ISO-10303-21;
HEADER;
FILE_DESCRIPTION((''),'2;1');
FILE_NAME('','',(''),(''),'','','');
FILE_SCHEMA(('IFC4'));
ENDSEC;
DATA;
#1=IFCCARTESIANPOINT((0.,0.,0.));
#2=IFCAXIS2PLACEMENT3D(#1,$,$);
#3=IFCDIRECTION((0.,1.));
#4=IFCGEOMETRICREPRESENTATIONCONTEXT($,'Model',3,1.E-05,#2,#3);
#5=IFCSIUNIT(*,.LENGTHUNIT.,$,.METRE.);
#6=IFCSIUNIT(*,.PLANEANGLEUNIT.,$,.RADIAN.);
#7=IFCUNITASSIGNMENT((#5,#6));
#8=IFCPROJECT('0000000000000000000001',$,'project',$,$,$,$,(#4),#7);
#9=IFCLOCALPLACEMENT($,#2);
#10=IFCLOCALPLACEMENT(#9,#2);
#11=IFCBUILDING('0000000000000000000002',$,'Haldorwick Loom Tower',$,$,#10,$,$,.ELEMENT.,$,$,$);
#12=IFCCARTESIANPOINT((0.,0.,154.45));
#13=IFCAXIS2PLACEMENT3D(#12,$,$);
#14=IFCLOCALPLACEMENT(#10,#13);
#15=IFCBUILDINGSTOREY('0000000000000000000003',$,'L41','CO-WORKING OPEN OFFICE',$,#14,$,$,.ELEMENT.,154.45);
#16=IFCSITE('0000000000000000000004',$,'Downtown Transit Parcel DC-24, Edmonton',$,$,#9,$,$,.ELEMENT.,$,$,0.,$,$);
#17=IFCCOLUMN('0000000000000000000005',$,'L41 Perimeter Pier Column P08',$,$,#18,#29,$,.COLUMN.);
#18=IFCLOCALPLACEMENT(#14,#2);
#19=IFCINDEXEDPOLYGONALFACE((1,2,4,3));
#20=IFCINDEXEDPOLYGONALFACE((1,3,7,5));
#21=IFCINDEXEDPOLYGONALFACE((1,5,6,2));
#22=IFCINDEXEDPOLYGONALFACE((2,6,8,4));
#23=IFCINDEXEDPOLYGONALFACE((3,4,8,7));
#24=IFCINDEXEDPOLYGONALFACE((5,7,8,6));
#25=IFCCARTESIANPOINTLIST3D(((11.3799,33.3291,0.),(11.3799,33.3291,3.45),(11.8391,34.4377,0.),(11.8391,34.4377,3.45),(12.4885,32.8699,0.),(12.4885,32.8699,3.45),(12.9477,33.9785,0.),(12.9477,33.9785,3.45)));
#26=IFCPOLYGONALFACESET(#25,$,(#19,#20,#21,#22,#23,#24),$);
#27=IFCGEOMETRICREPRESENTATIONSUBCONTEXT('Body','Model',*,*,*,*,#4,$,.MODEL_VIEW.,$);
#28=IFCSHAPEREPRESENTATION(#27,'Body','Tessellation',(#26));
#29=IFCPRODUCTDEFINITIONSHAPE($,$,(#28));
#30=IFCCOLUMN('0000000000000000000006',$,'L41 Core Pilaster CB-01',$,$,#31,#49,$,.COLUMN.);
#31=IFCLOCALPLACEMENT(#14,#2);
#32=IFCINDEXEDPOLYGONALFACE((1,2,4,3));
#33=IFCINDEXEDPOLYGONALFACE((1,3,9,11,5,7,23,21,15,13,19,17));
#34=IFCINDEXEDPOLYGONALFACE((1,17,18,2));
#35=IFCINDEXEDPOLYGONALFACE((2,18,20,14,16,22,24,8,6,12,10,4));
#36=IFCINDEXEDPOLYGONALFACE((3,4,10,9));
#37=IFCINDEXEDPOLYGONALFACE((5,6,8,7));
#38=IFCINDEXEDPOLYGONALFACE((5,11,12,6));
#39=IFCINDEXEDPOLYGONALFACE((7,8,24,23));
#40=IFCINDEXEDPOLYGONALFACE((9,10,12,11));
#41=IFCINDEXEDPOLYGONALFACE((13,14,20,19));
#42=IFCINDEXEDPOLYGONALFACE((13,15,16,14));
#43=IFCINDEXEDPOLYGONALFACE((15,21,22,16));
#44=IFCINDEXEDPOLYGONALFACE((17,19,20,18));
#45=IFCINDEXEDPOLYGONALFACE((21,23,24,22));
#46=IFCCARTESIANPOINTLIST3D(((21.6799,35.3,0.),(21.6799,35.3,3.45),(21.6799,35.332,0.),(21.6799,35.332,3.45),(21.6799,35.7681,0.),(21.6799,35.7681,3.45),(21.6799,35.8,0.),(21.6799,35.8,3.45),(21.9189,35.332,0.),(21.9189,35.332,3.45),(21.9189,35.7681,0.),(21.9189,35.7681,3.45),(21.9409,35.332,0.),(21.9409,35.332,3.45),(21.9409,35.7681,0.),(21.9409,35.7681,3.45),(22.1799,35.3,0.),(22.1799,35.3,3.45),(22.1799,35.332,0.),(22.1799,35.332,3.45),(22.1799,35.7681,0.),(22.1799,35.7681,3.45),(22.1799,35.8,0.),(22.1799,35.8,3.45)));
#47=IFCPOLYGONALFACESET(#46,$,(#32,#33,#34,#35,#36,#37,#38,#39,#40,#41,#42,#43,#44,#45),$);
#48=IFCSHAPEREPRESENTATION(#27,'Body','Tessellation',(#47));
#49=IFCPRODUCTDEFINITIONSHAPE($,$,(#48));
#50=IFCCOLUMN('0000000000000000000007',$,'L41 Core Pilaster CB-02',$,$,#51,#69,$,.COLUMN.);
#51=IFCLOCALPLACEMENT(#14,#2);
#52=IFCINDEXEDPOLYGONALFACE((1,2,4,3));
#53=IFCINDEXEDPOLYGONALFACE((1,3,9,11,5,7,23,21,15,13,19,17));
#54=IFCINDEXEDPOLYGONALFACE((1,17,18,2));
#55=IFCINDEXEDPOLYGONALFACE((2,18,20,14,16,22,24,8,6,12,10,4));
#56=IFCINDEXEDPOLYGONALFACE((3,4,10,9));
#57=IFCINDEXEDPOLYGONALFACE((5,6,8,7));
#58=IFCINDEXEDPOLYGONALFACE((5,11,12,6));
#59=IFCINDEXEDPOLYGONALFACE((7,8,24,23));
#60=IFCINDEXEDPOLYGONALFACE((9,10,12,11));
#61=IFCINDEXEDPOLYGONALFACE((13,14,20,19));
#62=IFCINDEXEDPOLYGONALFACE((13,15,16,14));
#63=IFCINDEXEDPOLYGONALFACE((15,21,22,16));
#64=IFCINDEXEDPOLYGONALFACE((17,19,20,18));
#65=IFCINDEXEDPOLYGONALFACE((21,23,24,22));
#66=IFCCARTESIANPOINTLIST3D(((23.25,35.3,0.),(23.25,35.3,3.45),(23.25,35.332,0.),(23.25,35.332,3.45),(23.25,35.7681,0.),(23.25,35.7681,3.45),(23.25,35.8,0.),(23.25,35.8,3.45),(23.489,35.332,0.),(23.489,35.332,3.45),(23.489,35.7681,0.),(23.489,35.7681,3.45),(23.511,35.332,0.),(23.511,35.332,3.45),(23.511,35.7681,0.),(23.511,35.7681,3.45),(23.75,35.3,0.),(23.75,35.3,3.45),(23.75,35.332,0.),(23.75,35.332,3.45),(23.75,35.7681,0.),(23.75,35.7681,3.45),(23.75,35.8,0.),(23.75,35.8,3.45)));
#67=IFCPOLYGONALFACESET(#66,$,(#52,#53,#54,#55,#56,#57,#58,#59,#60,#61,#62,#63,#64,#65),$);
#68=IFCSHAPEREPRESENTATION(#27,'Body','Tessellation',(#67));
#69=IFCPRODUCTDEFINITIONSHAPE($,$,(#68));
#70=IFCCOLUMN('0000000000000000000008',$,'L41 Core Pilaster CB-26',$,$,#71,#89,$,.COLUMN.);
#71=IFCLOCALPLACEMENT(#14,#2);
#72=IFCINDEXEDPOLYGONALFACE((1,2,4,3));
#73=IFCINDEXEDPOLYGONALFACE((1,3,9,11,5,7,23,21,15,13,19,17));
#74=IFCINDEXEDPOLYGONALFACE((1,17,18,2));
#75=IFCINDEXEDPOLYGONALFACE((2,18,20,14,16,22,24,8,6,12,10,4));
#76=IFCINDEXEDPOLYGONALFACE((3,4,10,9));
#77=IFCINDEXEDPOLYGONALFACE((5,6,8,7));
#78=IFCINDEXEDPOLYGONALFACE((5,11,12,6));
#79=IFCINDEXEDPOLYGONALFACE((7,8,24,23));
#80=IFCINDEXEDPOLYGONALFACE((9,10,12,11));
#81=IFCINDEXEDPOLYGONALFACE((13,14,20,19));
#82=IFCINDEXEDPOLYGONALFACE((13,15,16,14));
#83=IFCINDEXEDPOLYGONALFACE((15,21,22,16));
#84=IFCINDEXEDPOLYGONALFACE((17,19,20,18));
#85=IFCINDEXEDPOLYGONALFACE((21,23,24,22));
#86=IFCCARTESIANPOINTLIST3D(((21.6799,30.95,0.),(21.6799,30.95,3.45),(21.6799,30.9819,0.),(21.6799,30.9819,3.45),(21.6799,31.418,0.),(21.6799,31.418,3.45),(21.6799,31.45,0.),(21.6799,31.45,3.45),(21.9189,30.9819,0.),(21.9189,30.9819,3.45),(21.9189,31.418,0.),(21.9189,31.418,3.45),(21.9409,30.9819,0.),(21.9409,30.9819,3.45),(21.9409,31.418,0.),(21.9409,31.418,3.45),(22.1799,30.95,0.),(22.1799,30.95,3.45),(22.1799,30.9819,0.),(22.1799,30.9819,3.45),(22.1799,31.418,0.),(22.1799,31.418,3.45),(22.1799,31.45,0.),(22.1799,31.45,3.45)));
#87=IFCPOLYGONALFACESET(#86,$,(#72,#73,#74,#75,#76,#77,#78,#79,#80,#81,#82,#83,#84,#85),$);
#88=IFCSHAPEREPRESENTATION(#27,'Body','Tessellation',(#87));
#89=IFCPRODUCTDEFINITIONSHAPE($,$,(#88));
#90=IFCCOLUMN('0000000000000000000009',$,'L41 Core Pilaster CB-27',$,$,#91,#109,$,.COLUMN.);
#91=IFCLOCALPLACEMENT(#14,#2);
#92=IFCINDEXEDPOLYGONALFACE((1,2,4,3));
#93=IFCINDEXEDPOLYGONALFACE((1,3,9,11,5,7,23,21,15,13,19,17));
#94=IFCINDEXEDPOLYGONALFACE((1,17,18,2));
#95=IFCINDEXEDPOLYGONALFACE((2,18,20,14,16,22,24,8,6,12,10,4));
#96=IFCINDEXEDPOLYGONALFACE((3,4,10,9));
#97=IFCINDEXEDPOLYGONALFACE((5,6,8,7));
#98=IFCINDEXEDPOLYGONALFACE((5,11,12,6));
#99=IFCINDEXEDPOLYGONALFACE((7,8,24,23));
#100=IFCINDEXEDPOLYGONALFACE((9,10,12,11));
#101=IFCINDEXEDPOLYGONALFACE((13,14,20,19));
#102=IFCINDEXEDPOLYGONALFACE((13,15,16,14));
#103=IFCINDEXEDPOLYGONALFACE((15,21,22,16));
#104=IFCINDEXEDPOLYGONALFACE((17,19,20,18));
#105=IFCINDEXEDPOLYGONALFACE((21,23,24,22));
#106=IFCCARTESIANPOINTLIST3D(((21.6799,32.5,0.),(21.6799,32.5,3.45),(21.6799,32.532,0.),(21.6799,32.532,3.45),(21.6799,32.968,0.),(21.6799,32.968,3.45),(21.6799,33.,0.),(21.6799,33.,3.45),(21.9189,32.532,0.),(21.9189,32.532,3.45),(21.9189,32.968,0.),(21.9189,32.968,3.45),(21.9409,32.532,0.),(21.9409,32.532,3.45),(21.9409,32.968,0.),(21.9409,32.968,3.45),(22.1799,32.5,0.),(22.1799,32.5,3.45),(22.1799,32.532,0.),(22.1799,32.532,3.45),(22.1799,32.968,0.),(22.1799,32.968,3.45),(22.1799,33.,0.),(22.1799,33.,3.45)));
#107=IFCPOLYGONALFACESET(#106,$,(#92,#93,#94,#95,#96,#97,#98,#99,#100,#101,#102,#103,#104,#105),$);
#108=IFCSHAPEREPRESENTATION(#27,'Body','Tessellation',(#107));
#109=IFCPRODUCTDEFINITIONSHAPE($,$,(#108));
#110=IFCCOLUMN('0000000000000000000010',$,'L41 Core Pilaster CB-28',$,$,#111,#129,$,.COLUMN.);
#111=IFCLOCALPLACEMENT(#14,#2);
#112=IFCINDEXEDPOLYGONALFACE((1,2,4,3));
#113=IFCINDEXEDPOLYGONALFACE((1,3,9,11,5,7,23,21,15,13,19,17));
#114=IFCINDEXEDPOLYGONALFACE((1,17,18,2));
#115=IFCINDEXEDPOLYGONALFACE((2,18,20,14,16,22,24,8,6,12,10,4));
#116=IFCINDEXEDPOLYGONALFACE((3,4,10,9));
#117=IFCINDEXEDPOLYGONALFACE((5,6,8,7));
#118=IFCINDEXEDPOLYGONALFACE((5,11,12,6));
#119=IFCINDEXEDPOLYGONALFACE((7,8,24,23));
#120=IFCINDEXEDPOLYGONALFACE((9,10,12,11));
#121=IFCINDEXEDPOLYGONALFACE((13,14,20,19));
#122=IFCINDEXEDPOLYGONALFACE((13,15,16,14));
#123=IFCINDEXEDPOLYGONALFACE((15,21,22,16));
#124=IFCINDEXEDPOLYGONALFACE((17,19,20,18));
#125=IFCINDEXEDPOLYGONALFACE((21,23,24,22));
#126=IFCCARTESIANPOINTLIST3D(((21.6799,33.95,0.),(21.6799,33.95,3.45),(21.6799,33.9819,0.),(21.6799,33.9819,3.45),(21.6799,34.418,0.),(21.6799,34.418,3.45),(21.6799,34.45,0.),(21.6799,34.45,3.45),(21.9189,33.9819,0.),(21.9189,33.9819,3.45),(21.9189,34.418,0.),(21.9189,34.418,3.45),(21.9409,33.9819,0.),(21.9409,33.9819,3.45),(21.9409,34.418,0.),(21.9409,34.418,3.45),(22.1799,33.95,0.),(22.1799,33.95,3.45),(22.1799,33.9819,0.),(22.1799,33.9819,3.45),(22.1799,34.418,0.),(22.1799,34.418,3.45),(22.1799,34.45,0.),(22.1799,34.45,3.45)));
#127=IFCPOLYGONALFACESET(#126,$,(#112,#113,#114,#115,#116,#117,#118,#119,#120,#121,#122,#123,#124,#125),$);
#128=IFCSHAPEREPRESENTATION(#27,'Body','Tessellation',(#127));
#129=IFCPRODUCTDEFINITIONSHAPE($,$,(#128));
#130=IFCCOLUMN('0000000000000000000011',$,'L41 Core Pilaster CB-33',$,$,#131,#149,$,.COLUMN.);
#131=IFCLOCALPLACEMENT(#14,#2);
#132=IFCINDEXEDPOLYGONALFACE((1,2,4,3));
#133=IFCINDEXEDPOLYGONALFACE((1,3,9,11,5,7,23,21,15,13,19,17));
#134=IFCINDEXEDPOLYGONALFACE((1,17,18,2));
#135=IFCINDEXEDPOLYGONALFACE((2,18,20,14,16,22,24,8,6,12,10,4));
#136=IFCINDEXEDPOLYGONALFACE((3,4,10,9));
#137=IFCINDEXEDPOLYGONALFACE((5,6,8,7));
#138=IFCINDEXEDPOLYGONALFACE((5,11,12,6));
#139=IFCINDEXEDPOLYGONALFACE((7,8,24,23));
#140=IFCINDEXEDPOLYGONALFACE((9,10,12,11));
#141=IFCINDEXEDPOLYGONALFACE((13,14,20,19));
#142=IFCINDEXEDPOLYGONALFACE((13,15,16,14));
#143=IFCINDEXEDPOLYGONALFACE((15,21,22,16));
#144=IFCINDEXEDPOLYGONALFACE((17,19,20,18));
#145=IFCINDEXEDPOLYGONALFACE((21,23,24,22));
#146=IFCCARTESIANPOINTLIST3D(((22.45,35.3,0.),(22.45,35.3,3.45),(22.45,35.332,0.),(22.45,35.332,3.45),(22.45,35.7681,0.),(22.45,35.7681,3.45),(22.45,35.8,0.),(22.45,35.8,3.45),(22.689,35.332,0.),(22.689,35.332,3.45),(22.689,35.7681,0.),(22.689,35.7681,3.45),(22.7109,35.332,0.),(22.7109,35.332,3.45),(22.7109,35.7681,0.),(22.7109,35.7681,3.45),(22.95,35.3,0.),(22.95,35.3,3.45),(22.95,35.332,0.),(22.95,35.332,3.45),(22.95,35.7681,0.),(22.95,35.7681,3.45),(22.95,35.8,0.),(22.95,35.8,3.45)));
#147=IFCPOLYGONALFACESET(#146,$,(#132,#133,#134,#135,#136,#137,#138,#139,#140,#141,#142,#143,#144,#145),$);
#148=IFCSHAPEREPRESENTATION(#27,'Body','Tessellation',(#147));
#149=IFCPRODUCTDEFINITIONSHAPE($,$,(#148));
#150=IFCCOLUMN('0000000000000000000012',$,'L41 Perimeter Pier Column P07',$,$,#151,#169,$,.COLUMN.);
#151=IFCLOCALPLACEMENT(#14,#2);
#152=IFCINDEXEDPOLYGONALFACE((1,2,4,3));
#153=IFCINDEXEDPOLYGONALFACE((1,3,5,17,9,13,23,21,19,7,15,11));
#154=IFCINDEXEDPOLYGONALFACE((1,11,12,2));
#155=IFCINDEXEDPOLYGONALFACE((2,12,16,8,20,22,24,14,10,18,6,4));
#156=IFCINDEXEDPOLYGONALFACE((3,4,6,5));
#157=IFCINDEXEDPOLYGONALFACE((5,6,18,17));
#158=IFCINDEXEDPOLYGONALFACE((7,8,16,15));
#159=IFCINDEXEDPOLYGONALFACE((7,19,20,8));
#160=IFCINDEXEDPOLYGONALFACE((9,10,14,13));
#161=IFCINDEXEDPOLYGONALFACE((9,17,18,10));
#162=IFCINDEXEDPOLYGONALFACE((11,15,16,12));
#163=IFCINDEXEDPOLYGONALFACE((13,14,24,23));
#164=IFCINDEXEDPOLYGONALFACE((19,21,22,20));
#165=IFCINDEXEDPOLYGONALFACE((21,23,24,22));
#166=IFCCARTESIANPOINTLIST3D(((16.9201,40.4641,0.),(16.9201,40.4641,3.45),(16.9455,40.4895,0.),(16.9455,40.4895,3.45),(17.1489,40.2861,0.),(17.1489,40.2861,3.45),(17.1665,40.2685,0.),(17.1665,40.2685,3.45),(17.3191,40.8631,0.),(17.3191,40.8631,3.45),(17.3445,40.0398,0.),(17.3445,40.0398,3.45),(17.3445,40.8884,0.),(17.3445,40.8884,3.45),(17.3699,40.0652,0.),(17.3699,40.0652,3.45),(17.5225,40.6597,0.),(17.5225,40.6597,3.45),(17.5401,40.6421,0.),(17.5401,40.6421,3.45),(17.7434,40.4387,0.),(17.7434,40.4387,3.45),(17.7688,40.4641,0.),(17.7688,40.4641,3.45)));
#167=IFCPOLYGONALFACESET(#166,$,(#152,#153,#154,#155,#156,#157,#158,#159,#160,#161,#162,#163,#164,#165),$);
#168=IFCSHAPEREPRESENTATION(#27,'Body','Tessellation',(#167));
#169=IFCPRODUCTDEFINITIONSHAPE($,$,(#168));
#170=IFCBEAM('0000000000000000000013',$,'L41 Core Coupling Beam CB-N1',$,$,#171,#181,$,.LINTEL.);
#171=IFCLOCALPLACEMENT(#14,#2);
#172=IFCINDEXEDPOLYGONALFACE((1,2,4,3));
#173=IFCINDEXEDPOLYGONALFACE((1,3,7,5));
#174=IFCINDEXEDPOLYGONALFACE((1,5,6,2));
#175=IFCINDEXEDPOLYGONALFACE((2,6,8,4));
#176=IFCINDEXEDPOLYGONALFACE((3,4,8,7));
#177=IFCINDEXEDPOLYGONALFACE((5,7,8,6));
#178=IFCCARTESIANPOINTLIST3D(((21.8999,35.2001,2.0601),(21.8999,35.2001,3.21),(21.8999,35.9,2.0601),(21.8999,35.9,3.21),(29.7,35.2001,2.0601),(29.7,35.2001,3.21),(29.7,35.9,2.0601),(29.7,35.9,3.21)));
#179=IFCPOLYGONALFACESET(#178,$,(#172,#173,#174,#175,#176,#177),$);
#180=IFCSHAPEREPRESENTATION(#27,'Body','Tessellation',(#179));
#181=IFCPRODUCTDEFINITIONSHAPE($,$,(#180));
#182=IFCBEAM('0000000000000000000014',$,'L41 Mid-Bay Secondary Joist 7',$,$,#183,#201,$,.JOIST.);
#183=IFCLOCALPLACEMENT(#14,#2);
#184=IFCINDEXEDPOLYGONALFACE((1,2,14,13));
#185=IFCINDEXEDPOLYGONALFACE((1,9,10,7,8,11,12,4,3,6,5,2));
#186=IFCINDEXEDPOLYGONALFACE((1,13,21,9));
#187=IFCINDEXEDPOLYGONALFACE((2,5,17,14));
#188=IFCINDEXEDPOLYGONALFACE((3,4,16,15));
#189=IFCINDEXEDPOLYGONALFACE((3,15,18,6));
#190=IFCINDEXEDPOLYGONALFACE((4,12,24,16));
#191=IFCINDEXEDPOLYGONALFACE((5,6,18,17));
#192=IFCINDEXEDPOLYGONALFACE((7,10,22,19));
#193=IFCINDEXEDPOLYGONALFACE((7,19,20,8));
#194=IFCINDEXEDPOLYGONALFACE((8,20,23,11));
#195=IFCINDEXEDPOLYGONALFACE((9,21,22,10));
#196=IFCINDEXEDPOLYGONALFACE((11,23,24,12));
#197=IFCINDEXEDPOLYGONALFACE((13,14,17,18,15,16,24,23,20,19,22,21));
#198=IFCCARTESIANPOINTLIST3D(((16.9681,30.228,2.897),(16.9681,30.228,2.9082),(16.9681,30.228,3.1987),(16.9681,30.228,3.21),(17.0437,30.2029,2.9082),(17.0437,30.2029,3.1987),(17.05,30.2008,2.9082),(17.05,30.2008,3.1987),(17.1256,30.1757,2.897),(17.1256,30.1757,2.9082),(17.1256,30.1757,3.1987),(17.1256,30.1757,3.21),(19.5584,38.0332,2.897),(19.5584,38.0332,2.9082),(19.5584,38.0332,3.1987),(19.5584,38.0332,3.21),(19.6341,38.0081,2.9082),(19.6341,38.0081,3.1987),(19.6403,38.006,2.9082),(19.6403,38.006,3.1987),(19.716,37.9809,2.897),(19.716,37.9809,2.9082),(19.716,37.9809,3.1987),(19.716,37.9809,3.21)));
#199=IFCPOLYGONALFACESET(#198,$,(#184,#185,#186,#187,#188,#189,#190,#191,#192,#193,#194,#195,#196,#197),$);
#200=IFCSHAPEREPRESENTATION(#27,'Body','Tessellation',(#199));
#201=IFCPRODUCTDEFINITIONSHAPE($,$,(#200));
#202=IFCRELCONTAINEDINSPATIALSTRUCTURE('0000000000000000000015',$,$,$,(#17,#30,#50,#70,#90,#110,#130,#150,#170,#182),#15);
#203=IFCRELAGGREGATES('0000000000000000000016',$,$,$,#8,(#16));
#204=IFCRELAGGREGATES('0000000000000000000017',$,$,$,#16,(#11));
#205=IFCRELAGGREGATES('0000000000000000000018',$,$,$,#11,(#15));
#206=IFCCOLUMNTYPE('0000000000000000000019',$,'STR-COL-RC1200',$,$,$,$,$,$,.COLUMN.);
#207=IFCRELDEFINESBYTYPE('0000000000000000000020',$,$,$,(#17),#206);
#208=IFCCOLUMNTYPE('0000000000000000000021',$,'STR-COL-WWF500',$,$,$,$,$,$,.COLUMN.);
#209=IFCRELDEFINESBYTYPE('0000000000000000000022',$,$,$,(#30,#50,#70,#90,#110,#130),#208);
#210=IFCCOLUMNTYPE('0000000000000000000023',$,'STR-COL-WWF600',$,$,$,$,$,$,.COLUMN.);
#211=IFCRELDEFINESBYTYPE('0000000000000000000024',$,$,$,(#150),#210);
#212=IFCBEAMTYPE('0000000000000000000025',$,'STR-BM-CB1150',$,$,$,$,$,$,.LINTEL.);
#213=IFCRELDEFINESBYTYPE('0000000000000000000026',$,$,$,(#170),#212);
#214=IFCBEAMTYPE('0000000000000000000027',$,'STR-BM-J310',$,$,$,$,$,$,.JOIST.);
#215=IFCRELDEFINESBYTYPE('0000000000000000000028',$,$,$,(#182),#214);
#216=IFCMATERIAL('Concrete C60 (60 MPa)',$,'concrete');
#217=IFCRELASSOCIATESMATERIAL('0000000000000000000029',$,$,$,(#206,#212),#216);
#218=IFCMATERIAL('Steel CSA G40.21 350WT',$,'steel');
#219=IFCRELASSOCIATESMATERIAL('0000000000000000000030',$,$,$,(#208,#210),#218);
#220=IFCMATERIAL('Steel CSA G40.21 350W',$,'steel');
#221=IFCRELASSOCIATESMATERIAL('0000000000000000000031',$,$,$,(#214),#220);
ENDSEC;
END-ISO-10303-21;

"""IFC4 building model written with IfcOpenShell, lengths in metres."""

from ifc_helpers import new_model, si_unit, direction, frame, origin, origin_2d, place, context, subcontext, project, spatial, rectangle, i_section, extrude, material, material_profile, profile_set, type_object, element, save


model = new_model("IFC4")

# Units and contexts
model_context = context("Model", 3, precision=1e-05, world=origin(), true_north=direction((0.0, 1.0)))
body_context = subcontext(model_context, "Body", "Model", "MODEL_VIEW")
ifc_project = project(units=[si_unit("LENGTHUNIT", "METRE"), si_unit("PLANEANGLEUNIT", "RADIAN")], contexts=[model_context])

# Site, building, storey
site_placement = place(None, origin())
site = spatial("IfcSite", under=ifc_project, at=site_placement, Name="Downtown Transit Parcel DC-24, Edmonton", CompositionType="ELEMENT", RefElevation=0.0)
building_placement = place(site_placement, origin())
building = spatial("IfcBuilding", under=site, at=building_placement, Name="Haldorwick Loom Tower", CompositionType="ELEMENT")
storey_placement = place(building_placement, frame((0.0, 0.0, 154.45)))
storey = spatial("IfcBuildingStorey", under=building, at=storey_placement, Name="L41", Description="CO-WORKING OPEN OFFICE", CompositionType="ELEMENT", Elevation=154.45)

# Columns
ifc_material_1 = material(Name="Concrete C60 (60 MPa)", Category="concrete")
ifc_material_profile_1 = material_profile(ifc_material_1, rectangle(XDim=1.2, YDim=1.2, at=origin_2d()), Name="RC1200X1200", Category="concrete")
ifc_profile_set_1 = profile_set([ifc_material_profile_1], Name="Concrete C60 (60 MPa)")
column_type_1 = type_object("IfcColumnType", Name="STR-COL-RC1200", PredefinedType="COLUMN", material=ifc_profile_set_1)
column_1_placement = place(storey_placement, frame((12.1638, 33.6538, 0.0), z_axis=(0.0, 0.0, 1.0), x_axis=(-0.92388, 0.382683, 0.0)))
element("IfcColumn", 1, at=column_1_placement, inside=storey, type_object=column_type_1, Name="L41 Perimeter Pier Column P08", PredefinedType="COLUMN", context=body_context, shape_type="SweptSolid", body=[
    extrude(rectangle(XDim=1.2, YDim=1.2, at=origin_2d()), origin(), (0.0, 0.0, 1.0), 3.45),
])
ifc_material_2 = material(Name="Steel CSA G40.21 350WT", Category="steel")
ifc_material_profile_2 = material_profile(ifc_material_2, i_section(OverallWidth=0.5, OverallDepth=0.5, WebThickness=0.022, FlangeThickness=0.032, at=origin_2d()), Name="WWF500X500", Category="steel")
ifc_profile_set_2 = profile_set([ifc_material_profile_2], Name="Steel CSA G40.21 350WT")
column_type_2 = type_object("IfcColumnType", Name="STR-COL-WWF500", PredefinedType="COLUMN", material=ifc_profile_set_2)
for number, where, z_axis, x_axis, name in (
    (2, (21.9299, 35.55, 0.0), (0.0, 0.0, 1.0), (1.0, 0.0, 0.0), "L41 Core Pilaster CB-01"),
    (3, (23.5, 35.55, 0.0), (0.0, 0.0, 1.0), (1.0, 0.0, 0.0), "L41 Core Pilaster CB-02"),
    (4, (21.9299, 31.2, 0.0), (0.0, 0.0, 1.0), (1.0, 0.0, 0.0), "L41 Core Pilaster CB-26"),
    (5, (21.9299, 32.75, 0.0), (0.0, 0.0, 1.0), (1.0, 0.0, 0.0), "L41 Core Pilaster CB-27"),
    (6, (21.9299, 34.2, 0.0), (0.0, 0.0, 1.0), (1.0, 0.0, 0.0), "L41 Core Pilaster CB-28"),
    (7, (22.7, 35.55, 0.0), (0.0, 0.0, 1.0), (1.0, 0.0, 0.0), "L41 Core Pilaster CB-33"),
):
    element("IfcColumn", number, at=place(storey_placement, frame(where, z_axis=z_axis, x_axis=x_axis)), inside=storey, type_object=column_type_2, Name=name, PredefinedType="COLUMN", context=body_context, shape_type="SweptSolid", body=[
        extrude(i_section(OverallWidth=0.5, OverallDepth=0.5, WebThickness=0.022, FlangeThickness=0.032, at=origin_2d()), origin(), (0.0, 0.0, 1.0), 3.45),
    ])
ifc_material_profile_3 = material_profile(ifc_material_2, i_section(OverallWidth=0.6001, OverallDepth=0.6001, WebThickness=0.0249, FlangeThickness=0.0359, at=origin_2d()), Name="WWF600X600", Category="steel")
ifc_profile_set_3 = profile_set([ifc_material_profile_3], Name="Steel CSA G40.21 350WT")
column_type_3 = type_object("IfcColumnType", Name="STR-COL-WWF600", PredefinedType="COLUMN", material=ifc_profile_set_3)
column_2_placement = place(storey_placement, frame((17.3445, 40.4641, 0.0), z_axis=(0.0, 0.0, 1.0), x_axis=(-0.707107, 0.707107, 0.0)))
element("IfcColumn", 8, at=column_2_placement, inside=storey, type_object=column_type_3, Name="L41 Perimeter Pier Column P07", PredefinedType="COLUMN", context=body_context, shape_type="SweptSolid", body=[
    extrude(i_section(OverallWidth=0.6001, OverallDepth=0.6001, WebThickness=0.0249, FlangeThickness=0.0359, at=origin_2d()), origin(), (0.0, 0.0, 1.0), 3.45),
])

# Beams
ifc_material_profile_4 = material_profile(ifc_material_1, rectangle(XDim=0.7, YDim=1.1499, at=origin_2d()), Name="RC700X1150", Category="concrete")
ifc_profile_set_4 = profile_set([ifc_material_profile_4], Name="Concrete C60 (60 MPa)")
beam_type_1 = type_object("IfcBeamType", Name="STR-BM-CB1150", PredefinedType="LINTEL", material=ifc_profile_set_4)
beam_1_placement = place(storey_placement, frame((21.8999, 35.55, 2.635), z_axis=(1.0, 0.0, 0.0), x_axis=(0.0, 1.0, 0.0)))
element("IfcBeam", 9, at=beam_1_placement, inside=storey, type_object=beam_type_1, Name="L41 Core Coupling Beam CB-N1", PredefinedType="LINTEL", context=body_context, shape_type="SweptSolid", body=[
    extrude(rectangle(XDim=0.7, YDim=1.1499, at=origin_2d()), origin(), (0.0, 0.0, 1.0), 7.8),
])
ifc_material_3 = material(Name="Steel CSA G40.21 350W", Category="steel")
ifc_material_profile_5 = material_profile(ifc_material_3, i_section(OverallWidth=0.166, OverallDepth=0.313, WebThickness=0.0066, FlangeThickness=0.0112, at=origin_2d()), Name="W310X45", Category="steel")
ifc_profile_set_5 = profile_set([ifc_material_profile_5], Name="Steel CSA G40.21 350W")
beam_type_2 = type_object("IfcBeamType", Name="STR-BM-J310", PredefinedType="JOIST", material=ifc_profile_set_5)
beam_2_placement = place(storey_placement, frame((19.6372, 38.0071, 3.0535), z_axis=(-0.314981, -0.949098, 0.0), x_axis=(0.949098, -0.314981, 0.0)))
element("IfcBeam", 10, at=beam_2_placement, inside=storey, type_object=beam_type_2, Name="L41 Mid-Bay Secondary Joist 7", PredefinedType="JOIST", context=body_context, shape_type="SweptSolid", body=[
    extrude(i_section(OverallWidth=0.166, OverallDepth=0.313, WebThickness=0.0066, FlangeThickness=0.0112, at=origin_2d()), origin(), (0.0, 0.0, 1.0), 8.2239),
])

save(model, "model.ifc")
